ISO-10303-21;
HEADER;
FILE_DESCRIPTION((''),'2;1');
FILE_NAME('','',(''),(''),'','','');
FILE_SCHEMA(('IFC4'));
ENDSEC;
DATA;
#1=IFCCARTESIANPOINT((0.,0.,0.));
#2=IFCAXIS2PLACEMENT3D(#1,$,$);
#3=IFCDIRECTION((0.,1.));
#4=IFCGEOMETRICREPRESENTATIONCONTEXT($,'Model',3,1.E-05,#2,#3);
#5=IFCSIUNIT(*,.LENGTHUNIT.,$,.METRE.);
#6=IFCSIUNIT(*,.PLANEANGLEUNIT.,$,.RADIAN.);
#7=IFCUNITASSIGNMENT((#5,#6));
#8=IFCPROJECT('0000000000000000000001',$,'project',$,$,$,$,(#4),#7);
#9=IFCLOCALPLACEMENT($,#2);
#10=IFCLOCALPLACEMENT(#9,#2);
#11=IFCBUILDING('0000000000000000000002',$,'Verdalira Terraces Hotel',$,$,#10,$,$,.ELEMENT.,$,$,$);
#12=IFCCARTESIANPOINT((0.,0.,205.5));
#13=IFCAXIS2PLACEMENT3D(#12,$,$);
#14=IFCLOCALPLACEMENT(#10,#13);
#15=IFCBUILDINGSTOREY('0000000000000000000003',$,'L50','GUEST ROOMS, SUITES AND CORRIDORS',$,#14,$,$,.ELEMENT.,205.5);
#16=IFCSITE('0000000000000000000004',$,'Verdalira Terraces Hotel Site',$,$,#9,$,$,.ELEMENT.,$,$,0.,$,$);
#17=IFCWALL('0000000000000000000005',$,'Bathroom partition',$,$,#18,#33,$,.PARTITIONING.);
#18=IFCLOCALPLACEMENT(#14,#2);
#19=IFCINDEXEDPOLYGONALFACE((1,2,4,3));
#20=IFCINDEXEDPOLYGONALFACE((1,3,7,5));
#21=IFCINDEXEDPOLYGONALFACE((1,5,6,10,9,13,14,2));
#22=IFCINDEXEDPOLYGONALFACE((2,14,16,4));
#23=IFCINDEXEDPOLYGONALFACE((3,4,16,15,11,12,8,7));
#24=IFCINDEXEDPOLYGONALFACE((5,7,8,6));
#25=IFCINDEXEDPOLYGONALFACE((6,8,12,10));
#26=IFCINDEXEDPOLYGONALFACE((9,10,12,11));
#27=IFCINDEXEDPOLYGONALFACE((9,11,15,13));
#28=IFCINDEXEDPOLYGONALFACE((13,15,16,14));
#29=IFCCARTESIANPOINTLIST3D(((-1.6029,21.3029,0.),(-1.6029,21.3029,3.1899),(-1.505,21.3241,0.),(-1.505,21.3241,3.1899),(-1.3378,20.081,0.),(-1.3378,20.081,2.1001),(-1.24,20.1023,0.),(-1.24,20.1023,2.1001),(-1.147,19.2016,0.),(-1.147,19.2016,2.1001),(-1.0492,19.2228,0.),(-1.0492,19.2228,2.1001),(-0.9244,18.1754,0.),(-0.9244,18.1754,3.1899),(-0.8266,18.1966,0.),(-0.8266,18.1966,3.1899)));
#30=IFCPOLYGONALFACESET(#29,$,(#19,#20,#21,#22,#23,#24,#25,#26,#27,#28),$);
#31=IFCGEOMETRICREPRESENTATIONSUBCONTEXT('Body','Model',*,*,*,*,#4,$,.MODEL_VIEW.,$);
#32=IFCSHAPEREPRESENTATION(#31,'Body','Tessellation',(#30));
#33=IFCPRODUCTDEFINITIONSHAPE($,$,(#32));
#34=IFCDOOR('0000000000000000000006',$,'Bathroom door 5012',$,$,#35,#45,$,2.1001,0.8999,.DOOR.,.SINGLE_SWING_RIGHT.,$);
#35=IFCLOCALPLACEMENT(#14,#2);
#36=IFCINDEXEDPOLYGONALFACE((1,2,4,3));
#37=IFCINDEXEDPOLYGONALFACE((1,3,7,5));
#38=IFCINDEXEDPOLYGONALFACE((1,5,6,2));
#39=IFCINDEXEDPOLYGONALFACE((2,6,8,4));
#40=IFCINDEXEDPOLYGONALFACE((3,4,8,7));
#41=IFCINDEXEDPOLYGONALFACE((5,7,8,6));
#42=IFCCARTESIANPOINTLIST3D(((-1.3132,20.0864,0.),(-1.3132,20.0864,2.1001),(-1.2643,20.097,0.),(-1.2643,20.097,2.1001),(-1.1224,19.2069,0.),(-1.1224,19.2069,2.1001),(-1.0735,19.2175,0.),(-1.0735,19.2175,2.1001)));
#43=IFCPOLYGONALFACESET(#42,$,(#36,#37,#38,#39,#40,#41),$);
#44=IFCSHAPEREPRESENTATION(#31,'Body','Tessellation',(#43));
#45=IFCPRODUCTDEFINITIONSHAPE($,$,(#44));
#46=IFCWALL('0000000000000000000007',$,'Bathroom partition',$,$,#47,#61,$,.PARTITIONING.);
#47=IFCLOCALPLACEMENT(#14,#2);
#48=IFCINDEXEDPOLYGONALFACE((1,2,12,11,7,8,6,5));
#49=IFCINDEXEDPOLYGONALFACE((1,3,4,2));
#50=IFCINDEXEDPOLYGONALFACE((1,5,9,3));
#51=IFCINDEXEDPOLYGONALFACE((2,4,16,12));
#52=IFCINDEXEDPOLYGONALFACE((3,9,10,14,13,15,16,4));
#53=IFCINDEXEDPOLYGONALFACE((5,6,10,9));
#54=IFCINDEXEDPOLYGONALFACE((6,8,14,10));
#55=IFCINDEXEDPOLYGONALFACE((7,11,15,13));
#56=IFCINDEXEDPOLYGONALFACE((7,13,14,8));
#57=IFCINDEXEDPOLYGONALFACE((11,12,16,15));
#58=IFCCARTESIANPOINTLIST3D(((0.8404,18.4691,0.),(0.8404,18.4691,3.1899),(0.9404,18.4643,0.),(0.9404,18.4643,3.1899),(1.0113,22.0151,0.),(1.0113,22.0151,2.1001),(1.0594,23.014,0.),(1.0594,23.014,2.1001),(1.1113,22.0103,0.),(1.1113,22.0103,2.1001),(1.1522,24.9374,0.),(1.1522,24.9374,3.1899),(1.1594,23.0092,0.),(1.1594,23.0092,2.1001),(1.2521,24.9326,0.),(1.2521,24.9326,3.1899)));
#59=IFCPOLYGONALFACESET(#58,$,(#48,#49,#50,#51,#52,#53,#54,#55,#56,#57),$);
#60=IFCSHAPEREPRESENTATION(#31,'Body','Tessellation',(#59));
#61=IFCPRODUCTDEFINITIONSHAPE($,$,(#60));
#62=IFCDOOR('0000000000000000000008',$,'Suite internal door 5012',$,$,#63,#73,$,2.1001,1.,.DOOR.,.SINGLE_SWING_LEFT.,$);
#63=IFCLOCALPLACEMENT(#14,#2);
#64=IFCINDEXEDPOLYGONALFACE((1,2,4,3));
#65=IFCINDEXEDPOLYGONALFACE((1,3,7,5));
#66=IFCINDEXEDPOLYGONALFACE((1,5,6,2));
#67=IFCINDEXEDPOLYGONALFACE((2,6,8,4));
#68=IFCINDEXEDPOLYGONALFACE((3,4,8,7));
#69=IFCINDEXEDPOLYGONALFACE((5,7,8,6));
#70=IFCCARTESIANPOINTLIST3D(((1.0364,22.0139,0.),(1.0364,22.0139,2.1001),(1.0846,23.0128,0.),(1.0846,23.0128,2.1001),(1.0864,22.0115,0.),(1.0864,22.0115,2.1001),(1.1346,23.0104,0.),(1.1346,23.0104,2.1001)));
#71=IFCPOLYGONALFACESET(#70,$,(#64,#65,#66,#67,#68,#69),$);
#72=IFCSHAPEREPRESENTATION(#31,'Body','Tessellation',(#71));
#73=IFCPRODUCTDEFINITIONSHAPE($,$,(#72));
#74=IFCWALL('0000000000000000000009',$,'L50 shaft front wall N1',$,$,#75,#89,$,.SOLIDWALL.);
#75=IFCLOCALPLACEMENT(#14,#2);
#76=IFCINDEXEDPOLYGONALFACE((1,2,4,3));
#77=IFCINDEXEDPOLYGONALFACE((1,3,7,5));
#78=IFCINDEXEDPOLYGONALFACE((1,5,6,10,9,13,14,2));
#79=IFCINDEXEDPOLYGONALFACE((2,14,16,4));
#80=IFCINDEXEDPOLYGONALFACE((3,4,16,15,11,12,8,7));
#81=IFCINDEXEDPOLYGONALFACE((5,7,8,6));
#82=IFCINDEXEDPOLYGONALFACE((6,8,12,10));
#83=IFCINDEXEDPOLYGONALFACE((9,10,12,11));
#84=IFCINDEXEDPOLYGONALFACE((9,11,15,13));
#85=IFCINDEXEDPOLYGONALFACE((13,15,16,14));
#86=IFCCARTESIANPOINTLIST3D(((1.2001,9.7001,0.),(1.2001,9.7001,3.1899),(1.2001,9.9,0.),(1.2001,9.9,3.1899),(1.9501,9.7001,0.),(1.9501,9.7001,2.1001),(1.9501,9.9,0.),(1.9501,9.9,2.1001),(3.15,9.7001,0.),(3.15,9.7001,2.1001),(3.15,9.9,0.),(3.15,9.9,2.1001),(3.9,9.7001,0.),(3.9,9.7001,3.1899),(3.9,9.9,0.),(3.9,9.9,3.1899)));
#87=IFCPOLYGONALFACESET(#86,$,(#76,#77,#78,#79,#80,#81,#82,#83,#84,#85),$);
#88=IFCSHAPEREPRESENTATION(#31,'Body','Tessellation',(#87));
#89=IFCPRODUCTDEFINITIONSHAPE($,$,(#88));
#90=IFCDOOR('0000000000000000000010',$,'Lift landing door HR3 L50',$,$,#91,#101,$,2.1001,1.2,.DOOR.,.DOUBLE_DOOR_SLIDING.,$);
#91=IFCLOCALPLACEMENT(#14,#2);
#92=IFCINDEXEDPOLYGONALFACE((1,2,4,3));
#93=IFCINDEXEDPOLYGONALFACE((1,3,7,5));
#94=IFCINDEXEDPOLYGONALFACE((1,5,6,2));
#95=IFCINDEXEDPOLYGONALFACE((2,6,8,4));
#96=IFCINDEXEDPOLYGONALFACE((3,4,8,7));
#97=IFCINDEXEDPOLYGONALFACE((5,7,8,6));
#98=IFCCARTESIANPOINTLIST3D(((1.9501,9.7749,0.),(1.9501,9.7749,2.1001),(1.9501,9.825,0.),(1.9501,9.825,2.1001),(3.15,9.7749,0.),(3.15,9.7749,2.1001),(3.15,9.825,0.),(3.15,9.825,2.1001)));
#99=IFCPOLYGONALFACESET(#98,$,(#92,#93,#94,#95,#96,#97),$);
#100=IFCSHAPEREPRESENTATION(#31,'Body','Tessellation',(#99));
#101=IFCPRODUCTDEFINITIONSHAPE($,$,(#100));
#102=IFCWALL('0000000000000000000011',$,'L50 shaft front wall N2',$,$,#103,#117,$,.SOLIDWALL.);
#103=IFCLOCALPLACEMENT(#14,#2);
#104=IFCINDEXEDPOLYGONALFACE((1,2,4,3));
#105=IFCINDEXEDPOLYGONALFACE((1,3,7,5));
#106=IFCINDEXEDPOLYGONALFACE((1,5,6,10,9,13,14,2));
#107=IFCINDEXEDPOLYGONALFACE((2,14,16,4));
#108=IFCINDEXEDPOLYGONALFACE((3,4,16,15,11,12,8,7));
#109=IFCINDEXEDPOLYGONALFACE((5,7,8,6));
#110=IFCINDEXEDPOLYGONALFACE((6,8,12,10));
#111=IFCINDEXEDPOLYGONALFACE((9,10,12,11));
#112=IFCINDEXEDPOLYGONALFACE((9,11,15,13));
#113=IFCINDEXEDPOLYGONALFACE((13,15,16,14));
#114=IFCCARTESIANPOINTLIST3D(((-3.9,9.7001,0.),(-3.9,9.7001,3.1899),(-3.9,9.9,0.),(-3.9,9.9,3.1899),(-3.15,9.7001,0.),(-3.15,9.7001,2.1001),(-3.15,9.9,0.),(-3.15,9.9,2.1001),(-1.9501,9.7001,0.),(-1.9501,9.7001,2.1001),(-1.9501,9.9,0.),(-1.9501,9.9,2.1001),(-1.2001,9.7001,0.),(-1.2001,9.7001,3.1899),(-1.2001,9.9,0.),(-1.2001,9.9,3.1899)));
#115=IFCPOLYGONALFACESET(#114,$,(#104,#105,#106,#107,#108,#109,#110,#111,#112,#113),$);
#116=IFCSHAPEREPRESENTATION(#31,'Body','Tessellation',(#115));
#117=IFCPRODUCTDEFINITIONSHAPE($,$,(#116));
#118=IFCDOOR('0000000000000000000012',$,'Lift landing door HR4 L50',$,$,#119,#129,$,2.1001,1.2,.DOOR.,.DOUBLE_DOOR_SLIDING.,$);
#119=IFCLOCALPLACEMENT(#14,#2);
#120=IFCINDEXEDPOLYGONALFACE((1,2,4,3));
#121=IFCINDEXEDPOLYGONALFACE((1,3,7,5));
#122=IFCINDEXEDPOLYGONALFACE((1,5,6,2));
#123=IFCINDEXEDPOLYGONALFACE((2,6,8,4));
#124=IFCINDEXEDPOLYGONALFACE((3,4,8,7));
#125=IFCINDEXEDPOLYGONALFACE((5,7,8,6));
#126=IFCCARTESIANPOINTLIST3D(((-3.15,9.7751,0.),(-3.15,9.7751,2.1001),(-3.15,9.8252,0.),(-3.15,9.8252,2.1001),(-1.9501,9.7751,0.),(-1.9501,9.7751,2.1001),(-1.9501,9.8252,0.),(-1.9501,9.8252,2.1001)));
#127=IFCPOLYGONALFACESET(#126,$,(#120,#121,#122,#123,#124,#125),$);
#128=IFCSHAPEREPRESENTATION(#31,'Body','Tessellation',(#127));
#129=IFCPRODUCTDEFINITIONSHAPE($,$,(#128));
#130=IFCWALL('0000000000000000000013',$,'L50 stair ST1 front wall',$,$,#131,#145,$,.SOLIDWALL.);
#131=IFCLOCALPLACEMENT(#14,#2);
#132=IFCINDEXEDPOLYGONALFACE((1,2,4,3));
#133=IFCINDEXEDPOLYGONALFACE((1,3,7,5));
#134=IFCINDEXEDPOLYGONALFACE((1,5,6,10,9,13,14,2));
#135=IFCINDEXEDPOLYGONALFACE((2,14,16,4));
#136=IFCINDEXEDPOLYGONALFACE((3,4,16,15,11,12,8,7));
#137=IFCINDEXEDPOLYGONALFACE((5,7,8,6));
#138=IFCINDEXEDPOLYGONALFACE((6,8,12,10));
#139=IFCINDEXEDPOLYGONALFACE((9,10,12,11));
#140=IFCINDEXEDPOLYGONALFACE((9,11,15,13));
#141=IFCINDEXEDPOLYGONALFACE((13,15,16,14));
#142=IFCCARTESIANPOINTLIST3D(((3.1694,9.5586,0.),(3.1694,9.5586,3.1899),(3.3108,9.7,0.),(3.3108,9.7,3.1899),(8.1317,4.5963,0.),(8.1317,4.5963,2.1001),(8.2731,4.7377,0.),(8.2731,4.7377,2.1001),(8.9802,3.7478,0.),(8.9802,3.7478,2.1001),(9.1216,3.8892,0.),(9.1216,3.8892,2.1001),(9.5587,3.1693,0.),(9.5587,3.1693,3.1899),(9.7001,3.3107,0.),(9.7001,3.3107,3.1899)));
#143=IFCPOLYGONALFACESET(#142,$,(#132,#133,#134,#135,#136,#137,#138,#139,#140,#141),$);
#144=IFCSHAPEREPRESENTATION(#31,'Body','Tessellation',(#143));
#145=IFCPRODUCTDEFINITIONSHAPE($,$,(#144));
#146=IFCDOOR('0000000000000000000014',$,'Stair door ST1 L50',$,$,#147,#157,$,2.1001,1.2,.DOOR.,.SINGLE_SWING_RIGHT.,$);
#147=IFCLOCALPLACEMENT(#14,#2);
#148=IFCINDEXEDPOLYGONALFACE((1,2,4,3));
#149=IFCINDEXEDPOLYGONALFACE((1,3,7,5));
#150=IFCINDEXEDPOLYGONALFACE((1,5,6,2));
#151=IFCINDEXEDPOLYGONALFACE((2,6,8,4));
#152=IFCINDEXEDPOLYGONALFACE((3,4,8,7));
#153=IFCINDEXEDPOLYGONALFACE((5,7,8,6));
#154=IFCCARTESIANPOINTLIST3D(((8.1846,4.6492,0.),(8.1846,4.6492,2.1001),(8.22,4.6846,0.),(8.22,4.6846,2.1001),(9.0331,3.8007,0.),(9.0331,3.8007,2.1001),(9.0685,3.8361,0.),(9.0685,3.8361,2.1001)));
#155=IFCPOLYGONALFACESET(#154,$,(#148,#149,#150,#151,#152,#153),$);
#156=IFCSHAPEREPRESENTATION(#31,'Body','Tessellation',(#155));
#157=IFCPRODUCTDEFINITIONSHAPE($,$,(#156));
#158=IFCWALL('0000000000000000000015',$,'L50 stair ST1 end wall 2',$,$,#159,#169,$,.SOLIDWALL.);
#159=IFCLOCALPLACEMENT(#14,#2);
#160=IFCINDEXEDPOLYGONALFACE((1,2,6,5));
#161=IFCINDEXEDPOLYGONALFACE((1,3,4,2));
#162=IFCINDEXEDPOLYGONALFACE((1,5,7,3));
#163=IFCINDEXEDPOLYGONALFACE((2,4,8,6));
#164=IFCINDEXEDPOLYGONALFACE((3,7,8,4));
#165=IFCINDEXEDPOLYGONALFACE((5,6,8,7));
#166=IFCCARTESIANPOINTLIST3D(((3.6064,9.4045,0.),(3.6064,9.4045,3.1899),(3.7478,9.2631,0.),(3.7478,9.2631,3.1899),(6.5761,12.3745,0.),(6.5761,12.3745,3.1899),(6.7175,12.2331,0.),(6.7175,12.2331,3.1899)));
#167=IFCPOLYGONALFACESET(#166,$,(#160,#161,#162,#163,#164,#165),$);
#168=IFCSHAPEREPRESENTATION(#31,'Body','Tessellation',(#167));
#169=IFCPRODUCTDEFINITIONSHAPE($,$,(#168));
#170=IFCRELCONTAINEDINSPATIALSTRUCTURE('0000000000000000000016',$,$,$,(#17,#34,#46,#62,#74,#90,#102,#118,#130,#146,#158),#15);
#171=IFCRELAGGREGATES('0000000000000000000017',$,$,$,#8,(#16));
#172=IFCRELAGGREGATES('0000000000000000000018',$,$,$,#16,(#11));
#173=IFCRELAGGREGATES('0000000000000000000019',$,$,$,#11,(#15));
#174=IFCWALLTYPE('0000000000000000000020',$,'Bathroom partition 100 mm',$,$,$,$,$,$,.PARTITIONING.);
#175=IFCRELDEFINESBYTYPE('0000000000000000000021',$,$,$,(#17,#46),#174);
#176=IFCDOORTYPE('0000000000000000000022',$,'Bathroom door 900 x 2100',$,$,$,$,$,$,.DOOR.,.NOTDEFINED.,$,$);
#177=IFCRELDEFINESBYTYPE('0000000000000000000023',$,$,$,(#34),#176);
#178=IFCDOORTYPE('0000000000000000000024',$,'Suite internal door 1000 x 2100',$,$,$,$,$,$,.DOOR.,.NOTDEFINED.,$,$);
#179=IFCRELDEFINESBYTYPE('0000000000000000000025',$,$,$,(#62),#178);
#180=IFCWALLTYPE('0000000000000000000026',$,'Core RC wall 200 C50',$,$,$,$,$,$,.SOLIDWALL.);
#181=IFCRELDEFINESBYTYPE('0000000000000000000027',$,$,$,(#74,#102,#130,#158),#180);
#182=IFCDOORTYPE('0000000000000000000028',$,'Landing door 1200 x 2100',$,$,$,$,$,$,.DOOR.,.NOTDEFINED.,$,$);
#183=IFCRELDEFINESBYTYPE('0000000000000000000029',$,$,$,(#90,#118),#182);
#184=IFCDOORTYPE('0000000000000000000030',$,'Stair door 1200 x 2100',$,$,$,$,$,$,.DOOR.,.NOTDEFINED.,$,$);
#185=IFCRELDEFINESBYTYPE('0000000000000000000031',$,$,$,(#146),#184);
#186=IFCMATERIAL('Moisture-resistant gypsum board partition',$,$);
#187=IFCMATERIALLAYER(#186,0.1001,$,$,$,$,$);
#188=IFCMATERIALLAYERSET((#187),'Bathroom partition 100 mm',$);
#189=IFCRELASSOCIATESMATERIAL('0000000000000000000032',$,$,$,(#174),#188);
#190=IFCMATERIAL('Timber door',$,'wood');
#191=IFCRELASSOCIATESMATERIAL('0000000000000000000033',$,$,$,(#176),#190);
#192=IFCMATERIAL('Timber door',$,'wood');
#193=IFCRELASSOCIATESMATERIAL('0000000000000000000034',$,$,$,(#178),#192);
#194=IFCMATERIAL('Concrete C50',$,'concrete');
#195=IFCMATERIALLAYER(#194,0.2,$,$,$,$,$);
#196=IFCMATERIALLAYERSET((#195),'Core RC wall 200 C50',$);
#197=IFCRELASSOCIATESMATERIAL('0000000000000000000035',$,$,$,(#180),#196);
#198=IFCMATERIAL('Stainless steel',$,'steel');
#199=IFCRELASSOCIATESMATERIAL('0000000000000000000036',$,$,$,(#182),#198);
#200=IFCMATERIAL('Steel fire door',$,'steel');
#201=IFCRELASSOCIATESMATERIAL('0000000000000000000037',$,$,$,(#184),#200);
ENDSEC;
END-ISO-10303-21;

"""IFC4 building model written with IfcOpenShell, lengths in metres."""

from ifc_helpers import new_model, si_unit, direction, frame, frame_2d, origin, place, context, subcontext, project, spatial, rectangle, extrude, material, layer, layer_set, type_object, element, fill, save


model = new_model("IFC4")

# Units and contexts
model_context = context("Model", 3, precision=1e-05, world=origin(), true_north=direction((0.0, 1.0)))
body_context = subcontext(model_context, "Body", "Model", "MODEL_VIEW")
ifc_project = project(units=[si_unit("LENGTHUNIT", "METRE"), si_unit("PLANEANGLEUNIT", "RADIAN")], contexts=[model_context])

# Site, building, storey
site_placement = place(None, origin())
site = spatial("IfcSite", under=ifc_project, at=site_placement, Name="Verdalira Terraces Hotel Site", CompositionType="ELEMENT", RefElevation=0.0)
building_placement = place(site_placement, origin())
building = spatial("IfcBuilding", under=site, at=building_placement, Name="Verdalira Terraces Hotel", CompositionType="ELEMENT")
storey_placement = place(building_placement, frame((0.0, 0.0, 205.5)))
storey = spatial("IfcBuildingStorey", under=building, at=storey_placement, Name="L50", Description="GUEST ROOMS, SUITES AND CORRIDORS", CompositionType="ELEMENT", Elevation=205.5)

# Walls, openings, doors
ifc_material_1 = material(Name="Moisture-resistant gypsum board partition")
ifc_layer_1 = layer(ifc_material_1, 0.1001)
ifc_layer_set_1 = layer_set([ifc_layer_1], Name="Bathroom partition 100 mm")
wall_type_1 = type_object("IfcWallType", Name="Bathroom partition 100 mm", PredefinedType="PARTITIONING", material=ifc_layer_set_1)
wall_1_placement = place(storey_placement, frame((-0.8755, 18.186, 0.0), z_axis=(0.0, 0.0, 1.0), x_axis=(-0.212008, 0.977268, 0.0)))
wall_1 = element("IfcWall", 1, at=wall_1_placement, inside=storey, type_object=wall_type_1, Name="Bathroom partition", PredefinedType="PARTITIONING", context=body_context, shape_type="SweptSolid", body=[
    extrude(rectangle(XDim=3.2002, YDim=0.1001, at=frame_2d((1.6001, 0.0))), origin(), (0.0, 0.0, 1.0), 3.1899),
])
opening_1_placement = place(wall_1_placement, frame((1.05, 0.0, 0.0)))
opening_1 = element("IfcOpeningElement", 2, at=opening_1_placement, cuts=wall_1, PredefinedType="OPENING", context=body_context, shape_type="SweptSolid", body=[
    extrude(rectangle(XDim=0.8999, YDim=2.1001, at=frame_2d((0.45, 1.05))), frame((0.0, 0.0601, 0.0), z_axis=(0.0, -1.0, 0.0), x_axis=(1.0, 0.0, 0.0)), (0.0, 0.0, 1.0), 0.1201),
])
ifc_material_2 = material(Name="Timber door", Category="wood")
door_type_1 = type_object("IfcDoorType", Name="Bathroom door 900 x 2100", OperationType="NOTDEFINED", PredefinedType="DOOR", material=ifc_material_2)
door_1_placement = place(opening_1_placement, origin())
door_1 = element("IfcDoor", 3, at=door_1_placement, inside=storey, type_object=door_type_1, Name="Bathroom door 5012", OperationType="SINGLE_SWING_RIGHT", OverallHeight=2.1001, OverallWidth=0.8999, PredefinedType="DOOR", context=body_context, shape_type="SweptSolid", body=[
    extrude(rectangle(XDim=0.8999, YDim=2.1001, at=frame_2d((0.45, 1.05))), frame((0.0, 0.0249, 0.0), z_axis=(0.0, -1.0, 0.0), x_axis=(1.0, 0.0, 0.0)), (0.0, 0.0, 1.0), 0.05),
])
fill(opening_1, door_1)
wall_2_placement = place(storey_placement, frame((0.8904, 18.4668, 0.0), z_axis=(0.0, 0.0, 1.0), x_axis=(0.048144, 0.99884, 0.0)))
wall_2 = element("IfcWall", 4, at=wall_2_placement, inside=storey, type_object=wall_type_1, Name="Bathroom partition", PredefinedType="PARTITIONING", context=body_context, shape_type="SweptSolid", body=[
    extrude(rectangle(XDim=6.4758, YDim=0.1001, at=frame_2d((3.2378, 0.0))), origin(), (0.0, 0.0, 1.0), 3.1899),
])
opening_2_placement = place(wall_2_placement, frame((3.55, 0.0, 0.0)))
opening_2 = element("IfcOpeningElement", 5, at=opening_2_placement, cuts=wall_2, PredefinedType="OPENING", context=body_context, shape_type="SweptSolid", body=[
    extrude(rectangle(XDim=1.0, YDim=2.1001, at=frame_2d((0.5, 1.05))), frame((0.0, 0.0601, 0.0), z_axis=(0.0, -1.0, 0.0), x_axis=(1.0, 0.0, 0.0)), (0.0, 0.0, 1.0), 0.1201),
])
ifc_material_3 = material(Name="Timber door", Category="wood")
door_type_2 = type_object("IfcDoorType", Name="Suite internal door 1000 x 2100", OperationType="NOTDEFINED", PredefinedType="DOOR", material=ifc_material_3)
door_2_placement = place(opening_2_placement, origin())
door_2 = element("IfcDoor", 6, at=door_2_placement, inside=storey, type_object=door_type_2, Name="Suite internal door 5012", OperationType="SINGLE_SWING_LEFT", OverallHeight=2.1001, OverallWidth=1.0, PredefinedType="DOOR", context=body_context, shape_type="SweptSolid", body=[
    extrude(rectangle(XDim=1.0, YDim=2.1001, at=frame_2d((0.5, 1.05))), frame((0.0, 0.0249, 0.0), z_axis=(0.0, -1.0, 0.0), x_axis=(1.0, 0.0, 0.0)), (0.0, 0.0, 1.0), 0.05),
])
fill(opening_2, door_2)
ifc_material_4 = material(Name="Concrete C50", Category="concrete")
ifc_layer_2 = layer(ifc_material_4, 0.2)
ifc_layer_set_2 = layer_set([ifc_layer_2], Name="Core RC wall 200 C50")
wall_type_2 = type_object("IfcWallType", Name="Core RC wall 200 C50", PredefinedType="SOLIDWALL", material=ifc_layer_set_2)
wall_3_placement = place(storey_placement, frame((1.2, 9.8, 0.0), z_axis=(0.0, 0.0, 1.0), x_axis=(1.0, 0.0, 0.0)))
wall_3 = element("IfcWall", 7, at=wall_3_placement, inside=storey, type_object=wall_type_2, Name="L50 shaft front wall N1", PredefinedType="SOLIDWALL", context=body_context, shape_type="SweptSolid", body=[
    extrude(rectangle(XDim=2.7, YDim=0.2, at=frame_2d((1.3501, 0.0))), origin(), (0.0, 0.0, 1.0), 3.1899),
])
opening_3_placement = place(wall_3_placement, frame((0.75, 0.0, 0.0)))
opening_3 = element("IfcOpeningElement", 8, at=opening_3_placement, cuts=wall_3, PredefinedType="OPENING", context=body_context, shape_type="SweptSolid", body=[
    extrude(rectangle(XDim=1.2, YDim=2.1001, at=frame_2d((0.6001, 1.05))), frame((0.0, 0.1099, 0.0), z_axis=(0.0, -1.0, 0.0), x_axis=(1.0, 0.0, 0.0)), (0.0, 0.0, 1.0), 0.22),
])
ifc_material_5 = material(Name="Stainless steel", Category="steel")
door_type_3 = type_object("IfcDoorType", Name="Landing door 1200 x 2100", OperationType="NOTDEFINED", PredefinedType="DOOR", material=ifc_material_5)
door_3_placement = place(opening_3_placement, origin())
door_3 = element("IfcDoor", 9, at=door_3_placement, inside=storey, type_object=door_type_3, Name="Lift landing door HR3 L50", OperationType="DOUBLE_DOOR_SLIDING", OverallHeight=2.1001, OverallWidth=1.2, PredefinedType="DOOR", context=body_context, shape_type="SweptSolid", body=[
    extrude(rectangle(XDim=1.2, YDim=2.1001, at=frame_2d((0.6001, 1.05))), frame((0.0, 0.0249, 0.0), z_axis=(0.0, -1.0, 0.0), x_axis=(1.0, 0.0, 0.0)), (0.0, 0.0, 1.0), 0.05),
])
fill(opening_3, door_3)
wall_4_placement = place(storey_placement, frame((-1.2, 9.8, 0.0), z_axis=(0.0, 0.0, 1.0), x_axis=(-1.0, 0.0, 0.0)))
wall_4 = element("IfcWall", 10, at=wall_4_placement, inside=storey, type_object=wall_type_2, Name="L50 shaft front wall N2", PredefinedType="SOLIDWALL", context=body_context, shape_type="SweptSolid", body=[
    extrude(rectangle(XDim=2.7, YDim=0.2, at=frame_2d((1.3501, 0.0))), origin(), (0.0, 0.0, 1.0), 3.1899),
])
opening_4_placement = place(wall_4_placement, frame((0.75, 0.0, 0.0)))
opening_4 = element("IfcOpeningElement", 11, at=opening_4_placement, cuts=wall_4, PredefinedType="OPENING", context=body_context, shape_type="SweptSolid", body=[
    extrude(rectangle(XDim=1.2, YDim=2.1001, at=frame_2d((0.6001, 1.05))), frame((0.0, 0.1099, 0.0), z_axis=(0.0, -1.0, 0.0), x_axis=(1.0, 0.0, 0.0)), (0.0, 0.0, 1.0), 0.22),
])
door_4_placement = place(opening_4_placement, origin())
door_4 = element("IfcDoor", 12, at=door_4_placement, inside=storey, type_object=door_type_3, Name="Lift landing door HR4 L50", OperationType="DOUBLE_DOOR_SLIDING", OverallHeight=2.1001, OverallWidth=1.2, PredefinedType="DOOR", context=body_context, shape_type="SweptSolid", body=[
    extrude(rectangle(XDim=1.2, YDim=2.1001, at=frame_2d((0.6001, 1.05))), frame((0.0, 0.0249, 0.0), z_axis=(0.0, -1.0, 0.0), x_axis=(1.0, 0.0, 0.0)), (0.0, 0.0, 1.0), 0.05),
])
fill(opening_4, door_4)
wall_5_placement = place(storey_placement, frame((3.24, 9.6294, 0.0), z_axis=(0.0, 0.0, 1.0), x_axis=(0.707107, -0.707107, 0.0)))
wall_5 = element("IfcWall", 13, at=wall_5_placement, inside=storey, type_object=wall_type_2, Name="L50 stair ST1 front wall", PredefinedType="SOLIDWALL", context=body_context, shape_type="SweptSolid", body=[
    extrude(rectangle(XDim=9.0359, YDim=0.2, at=frame_2d((4.5181, 0.0))), origin(), (0.0, 0.0, 1.0), 3.1899),
])
opening_5_placement = place(wall_5_placement, frame((7.0178, 0.0, 0.0)))
opening_5 = element("IfcOpeningElement", 14, at=opening_5_placement, cuts=wall_5, PredefinedType="OPENING", context=body_context, shape_type="SweptSolid", body=[
    extrude(rectangle(XDim=1.2, YDim=2.1001, at=frame_2d((0.6001, 1.05))), frame((0.0, 0.1099, 0.0), z_axis=(0.0, -1.0, 0.0), x_axis=(1.0, 0.0, 0.0)), (0.0, 0.0, 1.0), 0.22),
])
ifc_material_6 = material(Name="Steel fire door", Category="steel")
door_type_4 = type_object("IfcDoorType", Name="Stair door 1200 x 2100", OperationType="NOTDEFINED", PredefinedType="DOOR", material=ifc_material_6)
door_5_placement = place(opening_5_placement, origin())
door_5 = element("IfcDoor", 15, at=door_5_placement, inside=storey, type_object=door_type_4, Name="Stair door ST1 L50", OperationType="SINGLE_SWING_RIGHT", OverallHeight=2.1001, OverallWidth=1.2, PredefinedType="DOOR", context=body_context, shape_type="SweptSolid", body=[
    extrude(rectangle(XDim=1.2, YDim=2.1001, at=frame_2d((0.6001, 1.05))), frame((0.0, 0.0249, 0.0), z_axis=(0.0, -1.0, 0.0), x_axis=(1.0, 0.0, 0.0)), (0.0, 0.0, 1.0), 0.05),
])
fill(opening_5, door_5)

# Wall
wall_6_placement = place(storey_placement, frame((3.677, 9.3337, 0.0), z_axis=(0.0, 0.0, 1.0), x_axis=(0.707078, 0.707136, 0.0)))
element("IfcWall", 16, at=wall_6_placement, inside=storey, type_object=wall_type_2, Name="L50 stair ST1 end wall 2", PredefinedType="SOLIDWALL", context=body_context, shape_type="SweptSolid", body=[
    extrude(rectangle(XDim=4.2, YDim=0.2, at=frame_2d((2.1001, 0.0))), origin(), (0.0, 0.0, 1.0), 3.1899),
])

save(model, "model.ifc")
